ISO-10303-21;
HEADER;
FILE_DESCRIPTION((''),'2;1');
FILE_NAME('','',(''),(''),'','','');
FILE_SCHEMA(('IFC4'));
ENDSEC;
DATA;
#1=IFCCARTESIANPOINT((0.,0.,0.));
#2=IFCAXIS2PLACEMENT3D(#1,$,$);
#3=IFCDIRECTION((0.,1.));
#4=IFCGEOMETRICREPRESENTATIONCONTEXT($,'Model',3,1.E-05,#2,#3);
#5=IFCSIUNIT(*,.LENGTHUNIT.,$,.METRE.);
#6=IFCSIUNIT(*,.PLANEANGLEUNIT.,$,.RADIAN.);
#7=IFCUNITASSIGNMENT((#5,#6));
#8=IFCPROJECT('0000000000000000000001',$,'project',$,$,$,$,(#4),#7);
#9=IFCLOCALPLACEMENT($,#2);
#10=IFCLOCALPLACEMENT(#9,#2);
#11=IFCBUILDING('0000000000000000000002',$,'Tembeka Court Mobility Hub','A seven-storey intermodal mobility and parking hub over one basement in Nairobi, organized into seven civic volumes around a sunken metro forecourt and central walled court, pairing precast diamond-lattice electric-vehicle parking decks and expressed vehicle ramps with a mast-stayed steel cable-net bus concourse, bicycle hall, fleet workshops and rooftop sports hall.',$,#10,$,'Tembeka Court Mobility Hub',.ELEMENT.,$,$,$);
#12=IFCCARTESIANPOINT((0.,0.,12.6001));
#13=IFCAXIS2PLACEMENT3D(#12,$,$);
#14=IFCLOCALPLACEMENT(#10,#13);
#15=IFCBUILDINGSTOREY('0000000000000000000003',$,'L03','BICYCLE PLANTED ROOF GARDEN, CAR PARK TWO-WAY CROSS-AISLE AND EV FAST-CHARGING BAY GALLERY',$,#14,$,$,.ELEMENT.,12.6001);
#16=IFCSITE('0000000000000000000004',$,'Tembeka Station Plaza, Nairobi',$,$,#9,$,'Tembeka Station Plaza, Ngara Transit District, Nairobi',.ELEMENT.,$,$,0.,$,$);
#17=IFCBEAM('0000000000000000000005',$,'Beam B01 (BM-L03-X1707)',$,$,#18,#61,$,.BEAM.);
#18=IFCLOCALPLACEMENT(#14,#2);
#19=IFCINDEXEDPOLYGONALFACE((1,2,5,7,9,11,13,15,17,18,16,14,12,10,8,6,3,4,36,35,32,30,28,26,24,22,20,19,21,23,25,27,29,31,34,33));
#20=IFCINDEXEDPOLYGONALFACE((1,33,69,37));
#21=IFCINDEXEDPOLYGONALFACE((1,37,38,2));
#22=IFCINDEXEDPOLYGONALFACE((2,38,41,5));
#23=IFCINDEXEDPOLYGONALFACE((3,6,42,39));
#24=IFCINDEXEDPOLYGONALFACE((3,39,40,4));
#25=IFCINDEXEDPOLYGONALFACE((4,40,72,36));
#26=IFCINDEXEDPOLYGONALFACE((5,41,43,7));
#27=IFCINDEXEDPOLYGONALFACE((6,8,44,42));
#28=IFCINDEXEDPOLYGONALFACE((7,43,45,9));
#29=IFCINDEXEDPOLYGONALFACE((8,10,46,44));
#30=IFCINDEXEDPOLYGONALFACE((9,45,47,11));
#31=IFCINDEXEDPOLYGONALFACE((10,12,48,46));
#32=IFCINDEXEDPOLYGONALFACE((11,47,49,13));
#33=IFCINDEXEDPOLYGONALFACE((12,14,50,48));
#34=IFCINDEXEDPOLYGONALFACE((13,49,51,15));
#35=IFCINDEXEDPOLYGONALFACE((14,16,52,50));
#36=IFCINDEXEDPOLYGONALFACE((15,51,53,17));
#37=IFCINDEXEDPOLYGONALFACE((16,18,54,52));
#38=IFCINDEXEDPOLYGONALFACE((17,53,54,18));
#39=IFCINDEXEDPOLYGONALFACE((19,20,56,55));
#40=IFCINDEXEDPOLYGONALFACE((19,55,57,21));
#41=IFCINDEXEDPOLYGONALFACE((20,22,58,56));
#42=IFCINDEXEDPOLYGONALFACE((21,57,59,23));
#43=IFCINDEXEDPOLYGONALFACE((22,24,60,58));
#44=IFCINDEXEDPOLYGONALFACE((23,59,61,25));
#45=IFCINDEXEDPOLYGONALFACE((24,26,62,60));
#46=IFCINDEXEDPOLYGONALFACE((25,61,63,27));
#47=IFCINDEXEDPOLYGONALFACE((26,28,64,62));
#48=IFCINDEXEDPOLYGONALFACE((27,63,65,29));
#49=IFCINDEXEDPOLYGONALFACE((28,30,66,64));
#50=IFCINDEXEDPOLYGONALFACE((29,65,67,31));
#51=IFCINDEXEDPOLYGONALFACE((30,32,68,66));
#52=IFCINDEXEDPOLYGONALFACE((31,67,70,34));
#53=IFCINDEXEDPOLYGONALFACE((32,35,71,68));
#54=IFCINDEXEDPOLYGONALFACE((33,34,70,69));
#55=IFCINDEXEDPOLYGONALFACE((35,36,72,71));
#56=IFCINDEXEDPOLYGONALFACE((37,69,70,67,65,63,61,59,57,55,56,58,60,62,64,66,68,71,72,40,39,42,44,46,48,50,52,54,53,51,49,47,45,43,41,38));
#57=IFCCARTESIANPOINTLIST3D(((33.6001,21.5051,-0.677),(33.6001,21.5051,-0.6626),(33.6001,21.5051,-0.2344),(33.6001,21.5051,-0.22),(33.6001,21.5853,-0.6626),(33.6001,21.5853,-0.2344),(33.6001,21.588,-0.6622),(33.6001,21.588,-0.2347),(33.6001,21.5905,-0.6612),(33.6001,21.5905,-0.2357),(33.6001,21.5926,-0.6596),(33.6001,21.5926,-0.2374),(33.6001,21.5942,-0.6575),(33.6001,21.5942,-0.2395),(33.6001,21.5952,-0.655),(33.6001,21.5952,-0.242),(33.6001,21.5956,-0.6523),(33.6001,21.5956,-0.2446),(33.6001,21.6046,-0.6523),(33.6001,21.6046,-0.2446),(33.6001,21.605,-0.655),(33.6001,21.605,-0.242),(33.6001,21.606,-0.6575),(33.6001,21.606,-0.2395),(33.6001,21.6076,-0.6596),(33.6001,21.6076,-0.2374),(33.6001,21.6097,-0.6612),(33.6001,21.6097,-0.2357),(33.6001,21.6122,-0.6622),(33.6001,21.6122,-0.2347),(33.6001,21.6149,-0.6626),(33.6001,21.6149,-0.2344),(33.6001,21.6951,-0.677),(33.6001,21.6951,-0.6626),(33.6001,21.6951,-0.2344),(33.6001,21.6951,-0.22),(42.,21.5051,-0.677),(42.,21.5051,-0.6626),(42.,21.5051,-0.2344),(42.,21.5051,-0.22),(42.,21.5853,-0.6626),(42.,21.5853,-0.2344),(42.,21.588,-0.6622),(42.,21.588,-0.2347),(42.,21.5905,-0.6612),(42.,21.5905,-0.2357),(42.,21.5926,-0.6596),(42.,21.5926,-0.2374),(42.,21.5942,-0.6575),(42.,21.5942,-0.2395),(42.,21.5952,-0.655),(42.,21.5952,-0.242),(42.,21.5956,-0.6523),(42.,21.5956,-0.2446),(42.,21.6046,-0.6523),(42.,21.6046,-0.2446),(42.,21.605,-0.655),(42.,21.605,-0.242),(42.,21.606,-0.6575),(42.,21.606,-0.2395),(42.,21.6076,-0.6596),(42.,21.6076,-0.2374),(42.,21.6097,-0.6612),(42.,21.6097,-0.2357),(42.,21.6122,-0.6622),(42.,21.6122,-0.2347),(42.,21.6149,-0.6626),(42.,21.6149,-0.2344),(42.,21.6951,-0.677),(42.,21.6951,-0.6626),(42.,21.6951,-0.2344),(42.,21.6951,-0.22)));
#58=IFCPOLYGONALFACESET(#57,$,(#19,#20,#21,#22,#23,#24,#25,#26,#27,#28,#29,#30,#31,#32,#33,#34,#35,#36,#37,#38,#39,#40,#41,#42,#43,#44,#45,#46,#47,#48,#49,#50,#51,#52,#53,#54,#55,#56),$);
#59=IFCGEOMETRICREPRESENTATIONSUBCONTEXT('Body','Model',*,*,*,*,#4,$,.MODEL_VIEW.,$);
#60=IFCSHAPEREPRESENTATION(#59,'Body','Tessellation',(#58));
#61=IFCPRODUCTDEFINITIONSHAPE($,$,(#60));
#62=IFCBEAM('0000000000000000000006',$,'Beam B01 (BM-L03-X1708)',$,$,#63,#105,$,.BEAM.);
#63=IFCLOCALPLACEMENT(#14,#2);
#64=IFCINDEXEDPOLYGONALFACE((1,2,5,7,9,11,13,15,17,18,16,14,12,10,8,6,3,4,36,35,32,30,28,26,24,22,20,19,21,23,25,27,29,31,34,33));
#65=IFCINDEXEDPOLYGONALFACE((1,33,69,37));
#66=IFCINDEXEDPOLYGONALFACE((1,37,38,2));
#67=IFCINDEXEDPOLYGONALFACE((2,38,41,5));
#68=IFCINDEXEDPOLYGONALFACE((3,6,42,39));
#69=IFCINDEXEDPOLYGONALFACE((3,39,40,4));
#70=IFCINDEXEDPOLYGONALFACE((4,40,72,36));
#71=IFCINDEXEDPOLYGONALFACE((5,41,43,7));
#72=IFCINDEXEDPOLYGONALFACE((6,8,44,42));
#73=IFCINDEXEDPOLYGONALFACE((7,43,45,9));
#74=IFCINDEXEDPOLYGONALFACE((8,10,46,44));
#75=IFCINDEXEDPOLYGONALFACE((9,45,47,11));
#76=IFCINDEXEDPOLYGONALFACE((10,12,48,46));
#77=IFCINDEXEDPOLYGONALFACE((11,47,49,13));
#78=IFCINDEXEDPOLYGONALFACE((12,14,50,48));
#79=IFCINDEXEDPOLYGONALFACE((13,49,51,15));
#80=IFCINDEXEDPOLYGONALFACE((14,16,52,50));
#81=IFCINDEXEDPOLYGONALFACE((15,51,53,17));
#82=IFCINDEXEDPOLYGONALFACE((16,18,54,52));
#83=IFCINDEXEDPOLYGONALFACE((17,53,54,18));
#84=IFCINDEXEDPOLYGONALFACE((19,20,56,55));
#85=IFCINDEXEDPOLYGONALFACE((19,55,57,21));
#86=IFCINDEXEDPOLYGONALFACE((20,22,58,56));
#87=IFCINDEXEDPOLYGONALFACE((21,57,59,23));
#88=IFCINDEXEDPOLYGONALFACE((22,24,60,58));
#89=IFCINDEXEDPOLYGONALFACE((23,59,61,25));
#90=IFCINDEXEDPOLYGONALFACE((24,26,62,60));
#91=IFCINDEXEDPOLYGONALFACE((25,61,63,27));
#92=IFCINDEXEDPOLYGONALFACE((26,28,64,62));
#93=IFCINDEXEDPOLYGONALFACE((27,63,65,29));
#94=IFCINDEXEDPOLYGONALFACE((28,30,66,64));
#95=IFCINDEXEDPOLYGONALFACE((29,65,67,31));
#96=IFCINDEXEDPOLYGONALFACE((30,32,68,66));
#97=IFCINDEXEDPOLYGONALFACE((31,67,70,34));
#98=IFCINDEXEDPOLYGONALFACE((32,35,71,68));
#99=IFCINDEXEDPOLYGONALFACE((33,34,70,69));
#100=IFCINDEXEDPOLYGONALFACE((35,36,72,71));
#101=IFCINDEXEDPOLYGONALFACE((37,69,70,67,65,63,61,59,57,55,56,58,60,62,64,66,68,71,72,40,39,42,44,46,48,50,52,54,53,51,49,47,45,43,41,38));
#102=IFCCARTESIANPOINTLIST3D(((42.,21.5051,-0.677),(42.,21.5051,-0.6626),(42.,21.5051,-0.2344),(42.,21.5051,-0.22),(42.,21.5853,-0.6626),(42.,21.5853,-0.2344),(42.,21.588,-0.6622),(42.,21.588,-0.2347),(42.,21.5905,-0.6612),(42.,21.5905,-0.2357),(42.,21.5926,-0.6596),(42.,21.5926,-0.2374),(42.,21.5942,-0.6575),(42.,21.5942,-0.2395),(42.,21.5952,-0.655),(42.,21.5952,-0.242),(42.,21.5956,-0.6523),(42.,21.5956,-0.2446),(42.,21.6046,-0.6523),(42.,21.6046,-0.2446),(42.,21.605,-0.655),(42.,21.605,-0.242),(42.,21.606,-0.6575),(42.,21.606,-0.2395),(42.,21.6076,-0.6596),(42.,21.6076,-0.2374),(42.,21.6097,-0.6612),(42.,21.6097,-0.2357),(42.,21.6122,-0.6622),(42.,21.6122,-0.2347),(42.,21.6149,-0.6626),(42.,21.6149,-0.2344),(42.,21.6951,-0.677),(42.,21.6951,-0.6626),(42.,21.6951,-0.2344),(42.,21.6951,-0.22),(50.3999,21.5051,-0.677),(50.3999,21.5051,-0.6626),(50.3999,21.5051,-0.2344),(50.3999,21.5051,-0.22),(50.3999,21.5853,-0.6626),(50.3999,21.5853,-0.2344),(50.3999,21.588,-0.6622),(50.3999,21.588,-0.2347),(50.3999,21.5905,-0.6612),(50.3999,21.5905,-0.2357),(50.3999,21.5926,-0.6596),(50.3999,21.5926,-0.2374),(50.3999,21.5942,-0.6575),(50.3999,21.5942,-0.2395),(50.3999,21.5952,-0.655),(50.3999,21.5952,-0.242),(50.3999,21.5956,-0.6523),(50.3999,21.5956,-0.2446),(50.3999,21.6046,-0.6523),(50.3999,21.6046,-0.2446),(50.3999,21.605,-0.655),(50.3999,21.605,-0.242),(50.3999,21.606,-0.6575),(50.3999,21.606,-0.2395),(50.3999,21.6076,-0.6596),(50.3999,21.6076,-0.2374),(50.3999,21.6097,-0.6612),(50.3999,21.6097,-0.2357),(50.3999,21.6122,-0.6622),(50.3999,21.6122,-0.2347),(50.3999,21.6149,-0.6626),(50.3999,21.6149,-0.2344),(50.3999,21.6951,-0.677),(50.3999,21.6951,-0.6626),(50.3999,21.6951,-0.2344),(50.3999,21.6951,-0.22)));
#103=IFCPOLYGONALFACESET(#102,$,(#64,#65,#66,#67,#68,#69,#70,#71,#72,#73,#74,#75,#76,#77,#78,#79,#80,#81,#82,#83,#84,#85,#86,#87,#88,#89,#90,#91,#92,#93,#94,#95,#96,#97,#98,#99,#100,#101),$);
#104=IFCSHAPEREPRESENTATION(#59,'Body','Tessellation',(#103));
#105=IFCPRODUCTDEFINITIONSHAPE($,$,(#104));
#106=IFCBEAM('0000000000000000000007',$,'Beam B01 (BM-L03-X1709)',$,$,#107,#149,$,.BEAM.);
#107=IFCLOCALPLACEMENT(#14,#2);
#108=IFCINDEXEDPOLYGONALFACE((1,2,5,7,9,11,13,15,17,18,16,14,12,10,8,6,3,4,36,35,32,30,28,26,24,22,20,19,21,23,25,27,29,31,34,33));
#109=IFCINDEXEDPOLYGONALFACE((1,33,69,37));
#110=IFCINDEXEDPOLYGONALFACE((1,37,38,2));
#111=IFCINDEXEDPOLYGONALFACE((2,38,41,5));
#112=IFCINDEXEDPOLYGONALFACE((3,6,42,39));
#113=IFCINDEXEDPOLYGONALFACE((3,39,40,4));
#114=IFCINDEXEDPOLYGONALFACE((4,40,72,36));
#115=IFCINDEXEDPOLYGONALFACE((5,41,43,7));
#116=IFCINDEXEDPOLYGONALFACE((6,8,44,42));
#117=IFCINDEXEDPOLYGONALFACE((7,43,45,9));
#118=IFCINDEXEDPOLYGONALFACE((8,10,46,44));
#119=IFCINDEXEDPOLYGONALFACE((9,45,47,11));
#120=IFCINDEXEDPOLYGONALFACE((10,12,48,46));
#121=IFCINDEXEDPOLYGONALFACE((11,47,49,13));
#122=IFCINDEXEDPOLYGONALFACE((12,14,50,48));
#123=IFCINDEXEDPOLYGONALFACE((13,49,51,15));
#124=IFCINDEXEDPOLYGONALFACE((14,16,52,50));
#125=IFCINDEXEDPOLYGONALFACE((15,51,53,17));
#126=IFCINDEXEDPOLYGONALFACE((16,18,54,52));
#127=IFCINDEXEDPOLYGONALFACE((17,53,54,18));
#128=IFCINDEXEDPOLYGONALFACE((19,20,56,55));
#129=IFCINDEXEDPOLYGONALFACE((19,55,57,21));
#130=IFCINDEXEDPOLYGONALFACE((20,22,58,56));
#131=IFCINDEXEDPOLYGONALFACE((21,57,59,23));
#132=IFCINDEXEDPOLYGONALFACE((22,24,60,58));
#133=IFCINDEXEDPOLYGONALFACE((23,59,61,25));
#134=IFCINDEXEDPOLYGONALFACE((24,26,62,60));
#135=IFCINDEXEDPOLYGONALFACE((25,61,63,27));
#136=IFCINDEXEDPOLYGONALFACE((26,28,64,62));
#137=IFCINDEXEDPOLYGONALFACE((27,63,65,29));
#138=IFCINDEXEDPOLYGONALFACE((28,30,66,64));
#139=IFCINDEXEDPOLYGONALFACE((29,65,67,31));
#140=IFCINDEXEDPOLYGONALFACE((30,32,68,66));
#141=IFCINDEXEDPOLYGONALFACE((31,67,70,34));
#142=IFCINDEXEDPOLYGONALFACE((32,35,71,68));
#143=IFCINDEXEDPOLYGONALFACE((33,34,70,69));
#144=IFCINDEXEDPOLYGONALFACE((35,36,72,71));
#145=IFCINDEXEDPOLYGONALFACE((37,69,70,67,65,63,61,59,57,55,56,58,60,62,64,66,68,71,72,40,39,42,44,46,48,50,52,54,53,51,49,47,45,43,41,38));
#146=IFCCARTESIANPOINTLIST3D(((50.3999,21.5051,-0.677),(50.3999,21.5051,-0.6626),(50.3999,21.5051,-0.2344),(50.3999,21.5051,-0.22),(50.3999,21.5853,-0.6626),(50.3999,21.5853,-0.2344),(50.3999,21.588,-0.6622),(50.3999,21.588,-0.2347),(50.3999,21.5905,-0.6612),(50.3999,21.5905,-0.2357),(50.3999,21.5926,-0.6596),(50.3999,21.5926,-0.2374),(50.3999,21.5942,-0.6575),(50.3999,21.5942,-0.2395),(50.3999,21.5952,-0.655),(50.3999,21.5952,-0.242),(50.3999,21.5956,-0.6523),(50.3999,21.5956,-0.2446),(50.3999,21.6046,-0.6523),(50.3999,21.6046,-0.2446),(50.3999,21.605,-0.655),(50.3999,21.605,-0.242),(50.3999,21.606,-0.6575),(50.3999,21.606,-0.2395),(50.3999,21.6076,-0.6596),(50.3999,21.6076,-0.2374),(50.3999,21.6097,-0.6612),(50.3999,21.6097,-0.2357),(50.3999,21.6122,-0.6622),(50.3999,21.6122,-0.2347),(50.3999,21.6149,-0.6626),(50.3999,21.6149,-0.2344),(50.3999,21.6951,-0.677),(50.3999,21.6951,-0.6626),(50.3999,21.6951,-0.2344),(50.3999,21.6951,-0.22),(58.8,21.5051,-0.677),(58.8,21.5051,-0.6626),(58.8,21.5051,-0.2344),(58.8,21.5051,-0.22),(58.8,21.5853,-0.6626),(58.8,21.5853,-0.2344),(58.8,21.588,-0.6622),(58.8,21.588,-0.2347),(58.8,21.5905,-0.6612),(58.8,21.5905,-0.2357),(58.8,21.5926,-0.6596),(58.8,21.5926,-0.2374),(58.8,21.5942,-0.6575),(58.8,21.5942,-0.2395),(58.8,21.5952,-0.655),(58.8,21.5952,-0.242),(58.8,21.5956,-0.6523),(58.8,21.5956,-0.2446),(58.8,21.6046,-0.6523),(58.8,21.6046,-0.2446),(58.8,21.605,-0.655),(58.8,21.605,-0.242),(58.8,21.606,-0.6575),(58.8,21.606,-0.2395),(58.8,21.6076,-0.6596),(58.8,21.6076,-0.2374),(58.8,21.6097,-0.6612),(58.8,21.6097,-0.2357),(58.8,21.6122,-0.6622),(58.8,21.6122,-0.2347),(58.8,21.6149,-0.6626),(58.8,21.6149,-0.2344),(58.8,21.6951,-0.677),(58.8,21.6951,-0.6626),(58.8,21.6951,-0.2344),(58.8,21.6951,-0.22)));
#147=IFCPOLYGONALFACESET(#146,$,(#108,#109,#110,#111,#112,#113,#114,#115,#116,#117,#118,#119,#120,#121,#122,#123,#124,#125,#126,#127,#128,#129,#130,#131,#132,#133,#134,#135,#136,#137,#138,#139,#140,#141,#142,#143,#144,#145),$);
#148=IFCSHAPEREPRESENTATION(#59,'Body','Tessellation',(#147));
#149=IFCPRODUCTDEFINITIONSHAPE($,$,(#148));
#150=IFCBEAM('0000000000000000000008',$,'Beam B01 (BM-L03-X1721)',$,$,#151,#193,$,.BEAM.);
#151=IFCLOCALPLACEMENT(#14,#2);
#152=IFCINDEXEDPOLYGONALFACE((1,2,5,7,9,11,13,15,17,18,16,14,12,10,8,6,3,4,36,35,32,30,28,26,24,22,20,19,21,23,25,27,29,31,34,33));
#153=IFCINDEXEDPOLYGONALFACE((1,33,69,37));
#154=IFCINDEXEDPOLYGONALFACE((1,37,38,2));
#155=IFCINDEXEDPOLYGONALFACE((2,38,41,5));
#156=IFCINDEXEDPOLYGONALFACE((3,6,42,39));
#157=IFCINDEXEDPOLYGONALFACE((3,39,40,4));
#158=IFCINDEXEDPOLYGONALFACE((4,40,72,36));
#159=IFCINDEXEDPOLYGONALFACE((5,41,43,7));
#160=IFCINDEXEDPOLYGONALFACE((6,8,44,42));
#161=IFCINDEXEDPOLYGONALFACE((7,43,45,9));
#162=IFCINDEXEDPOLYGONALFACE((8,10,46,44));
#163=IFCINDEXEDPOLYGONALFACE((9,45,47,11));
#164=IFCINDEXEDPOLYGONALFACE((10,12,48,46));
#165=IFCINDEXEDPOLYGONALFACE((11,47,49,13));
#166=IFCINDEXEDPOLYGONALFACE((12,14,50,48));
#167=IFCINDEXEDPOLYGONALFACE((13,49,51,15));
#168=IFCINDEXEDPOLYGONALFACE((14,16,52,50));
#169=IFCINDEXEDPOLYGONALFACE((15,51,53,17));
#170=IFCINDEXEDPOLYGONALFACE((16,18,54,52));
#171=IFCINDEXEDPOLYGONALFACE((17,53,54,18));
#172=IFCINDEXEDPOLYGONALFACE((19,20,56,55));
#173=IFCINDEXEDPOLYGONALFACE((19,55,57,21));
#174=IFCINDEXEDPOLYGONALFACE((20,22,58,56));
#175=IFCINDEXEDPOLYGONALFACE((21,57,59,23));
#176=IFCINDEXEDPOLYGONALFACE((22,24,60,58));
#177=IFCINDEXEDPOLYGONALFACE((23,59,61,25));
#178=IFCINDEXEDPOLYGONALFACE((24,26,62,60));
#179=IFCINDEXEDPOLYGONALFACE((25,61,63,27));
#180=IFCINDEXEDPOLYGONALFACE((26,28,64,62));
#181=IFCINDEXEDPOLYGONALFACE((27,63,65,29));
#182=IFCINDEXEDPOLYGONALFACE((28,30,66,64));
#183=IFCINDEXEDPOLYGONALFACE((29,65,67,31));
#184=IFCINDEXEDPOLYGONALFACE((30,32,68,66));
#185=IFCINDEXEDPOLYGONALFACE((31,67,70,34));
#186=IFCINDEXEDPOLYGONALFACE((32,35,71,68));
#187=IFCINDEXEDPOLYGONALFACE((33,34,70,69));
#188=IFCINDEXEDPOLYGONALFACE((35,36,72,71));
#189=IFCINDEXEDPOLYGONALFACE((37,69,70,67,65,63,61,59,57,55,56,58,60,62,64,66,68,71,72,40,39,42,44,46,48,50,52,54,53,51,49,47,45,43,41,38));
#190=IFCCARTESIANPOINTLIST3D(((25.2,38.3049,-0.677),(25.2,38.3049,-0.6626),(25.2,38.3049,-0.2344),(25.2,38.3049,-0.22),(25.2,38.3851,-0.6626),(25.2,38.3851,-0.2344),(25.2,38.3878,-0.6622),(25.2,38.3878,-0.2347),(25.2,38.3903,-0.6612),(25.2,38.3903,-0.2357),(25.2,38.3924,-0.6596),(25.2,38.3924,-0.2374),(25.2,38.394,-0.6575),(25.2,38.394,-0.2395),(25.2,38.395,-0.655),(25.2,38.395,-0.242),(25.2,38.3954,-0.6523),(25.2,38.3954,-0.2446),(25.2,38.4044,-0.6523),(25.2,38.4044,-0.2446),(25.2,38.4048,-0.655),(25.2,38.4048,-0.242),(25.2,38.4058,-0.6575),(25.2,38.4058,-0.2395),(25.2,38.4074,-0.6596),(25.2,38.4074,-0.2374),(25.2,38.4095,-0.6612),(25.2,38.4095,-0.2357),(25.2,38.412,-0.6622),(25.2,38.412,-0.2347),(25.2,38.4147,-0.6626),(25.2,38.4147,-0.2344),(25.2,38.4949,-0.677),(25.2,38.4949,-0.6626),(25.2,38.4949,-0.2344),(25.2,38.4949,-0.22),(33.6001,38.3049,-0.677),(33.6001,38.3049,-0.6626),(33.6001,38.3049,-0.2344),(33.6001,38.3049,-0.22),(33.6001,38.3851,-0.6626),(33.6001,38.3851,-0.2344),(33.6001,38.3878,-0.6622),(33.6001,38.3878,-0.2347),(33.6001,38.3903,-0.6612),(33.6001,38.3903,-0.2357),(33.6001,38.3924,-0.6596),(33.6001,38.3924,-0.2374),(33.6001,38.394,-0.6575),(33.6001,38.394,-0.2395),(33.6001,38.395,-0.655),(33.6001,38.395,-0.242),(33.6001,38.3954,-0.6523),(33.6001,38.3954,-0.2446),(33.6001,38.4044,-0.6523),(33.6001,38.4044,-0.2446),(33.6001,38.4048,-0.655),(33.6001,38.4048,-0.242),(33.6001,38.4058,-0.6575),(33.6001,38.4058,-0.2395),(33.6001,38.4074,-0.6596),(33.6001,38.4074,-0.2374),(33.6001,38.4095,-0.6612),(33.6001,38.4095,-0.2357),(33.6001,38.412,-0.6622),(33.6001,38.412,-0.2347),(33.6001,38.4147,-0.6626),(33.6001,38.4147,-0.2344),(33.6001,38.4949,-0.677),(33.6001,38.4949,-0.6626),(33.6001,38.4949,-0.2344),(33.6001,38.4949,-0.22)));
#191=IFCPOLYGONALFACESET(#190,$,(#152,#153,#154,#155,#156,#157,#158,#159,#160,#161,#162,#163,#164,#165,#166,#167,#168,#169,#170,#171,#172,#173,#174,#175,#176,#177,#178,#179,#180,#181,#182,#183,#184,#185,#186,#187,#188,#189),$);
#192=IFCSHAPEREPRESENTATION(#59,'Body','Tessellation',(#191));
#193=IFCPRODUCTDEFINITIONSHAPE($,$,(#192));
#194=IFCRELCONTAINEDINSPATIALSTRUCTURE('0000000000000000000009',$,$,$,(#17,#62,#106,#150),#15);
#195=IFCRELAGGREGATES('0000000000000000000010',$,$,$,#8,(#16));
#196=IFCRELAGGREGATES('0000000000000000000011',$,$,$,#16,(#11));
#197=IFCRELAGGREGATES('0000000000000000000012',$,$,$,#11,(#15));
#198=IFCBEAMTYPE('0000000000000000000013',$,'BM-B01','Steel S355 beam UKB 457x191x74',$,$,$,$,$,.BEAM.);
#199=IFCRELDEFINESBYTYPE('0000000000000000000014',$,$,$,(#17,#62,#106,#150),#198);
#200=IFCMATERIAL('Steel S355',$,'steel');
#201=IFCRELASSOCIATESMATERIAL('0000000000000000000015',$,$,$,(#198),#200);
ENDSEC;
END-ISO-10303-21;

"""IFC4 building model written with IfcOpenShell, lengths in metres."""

from ifc_helpers import new_model, si_unit, direction, frame, origin, origin_2d, place, context, subcontext, project, spatial, i_section, extrude, material, material_profile, profile_set, type_object, element, save


model = new_model("IFC4")

# Units and contexts
model_context = context("Model", 3, precision=1e-05, world=origin(), true_north=direction((0.0, 1.0)))
body_context = subcontext(model_context, "Body", "Model", "MODEL_VIEW")
ifc_project = project(units=[si_unit("LENGTHUNIT", "METRE"), si_unit("PLANEANGLEUNIT", "RADIAN")], contexts=[model_context])

# Site, building, storey
site_placement = place(None, origin())
site = spatial("IfcSite", under=ifc_project, at=site_placement, Name="Tembeka Station Plaza, Nairobi", LongName="Tembeka Station Plaza, Ngara Transit District, Nairobi", CompositionType="ELEMENT", RefElevation=0.0)
building_placement = place(site_placement, origin())
building = spatial("IfcBuilding", under=site, at=building_placement, Name="Tembeka Court Mobility Hub", Description="A seven-storey intermodal mobility and parking hub over one basement in Nairobi, organized into seven civic volumes around a sunken metro forecourt and central walled court, pairing precast diamond-lattice electric-vehicle parking decks and expressed vehicle ramps with a mast-stayed steel cable-net bus concourse, bicycle hall, fleet workshops and rooftop sports hall.", LongName="Tembeka Court Mobility Hub", CompositionType="ELEMENT")
storey_placement = place(building_placement, frame((0.0, 0.0, 12.6001)))
storey = spatial("IfcBuildingStorey", under=building, at=storey_placement, Name="L03", Description="BICYCLE PLANTED ROOF GARDEN, CAR PARK TWO-WAY CROSS-AISLE AND EV FAST-CHARGING BAY GALLERY", CompositionType="ELEMENT", Elevation=12.6001)

# Shared definitions
ifc_material_1 = material(Name="Steel S355", Category="steel")

# Beams
ifc_material_profile_1 = material_profile(ifc_material_1, i_section(OverallWidth=0.1899, OverallDepth=0.457, WebThickness=0.009, FlangeThickness=0.0144, FilletRadius=0.0103, at=origin_2d()), Name="UKB 457x191x74")
ifc_profile_set_1 = profile_set([ifc_material_profile_1], Name="Steel S355")
beam_type_1 = type_object("IfcBeamType", Name="BM-B01", Description="Steel S355 beam UKB 457x191x74", PredefinedType="BEAM", material=ifc_profile_set_1)
for number, where, z_axis, x_axis, name in (
    (1, (33.6001, 21.6001, -0.4485), (1.0, 0.0, 0.0), (0.0, 1.0, 0.0), "Beam B01 (BM-L03-X1707)"),
    (2, (42.0, 21.6001, -0.4485), (1.0, 0.0, 0.0), (0.0, 1.0, 0.0), "Beam B01 (BM-L03-X1708)"),
):
    element("IfcBeam", number, at=place(storey_placement, frame(where, z_axis=z_axis, x_axis=x_axis)), inside=storey, type_object=beam_type_1, Name=name, PredefinedType="BEAM", context=body_context, shape_type="SweptSolid", body=[
        extrude(i_section(OverallWidth=0.1899, OverallDepth=0.457, WebThickness=0.009, FlangeThickness=0.0144, FilletRadius=0.0103, at=origin_2d()), origin(), (0.0, 0.0, 1.0), 8.3999),
    ])
for number, where, z_axis, x_axis, name in (
    (3, (50.3999, 21.6001, -0.4485), (1.0, 0.0, 0.0), (0.0, 1.0, 0.0), "Beam B01 (BM-L03-X1709)"),
    (4, (25.2, 38.3999, -0.4485), (1.0, 0.0, 0.0), (0.0, 1.0, 0.0), "Beam B01 (BM-L03-X1721)"),
):
    element("IfcBeam", number, at=place(storey_placement, frame(where, z_axis=z_axis, x_axis=x_axis)), inside=storey, type_object=beam_type_1, Name=name, PredefinedType="BEAM", context=body_context, shape_type="SweptSolid", body=[
        extrude(i_section(OverallWidth=0.1899, OverallDepth=0.457, WebThickness=0.009, FlangeThickness=0.0144, FilletRadius=0.0103, at=origin_2d()), origin(), (0.0, 0.0, 1.0), 8.4001),
    ])

save(model, "model.ifc")
